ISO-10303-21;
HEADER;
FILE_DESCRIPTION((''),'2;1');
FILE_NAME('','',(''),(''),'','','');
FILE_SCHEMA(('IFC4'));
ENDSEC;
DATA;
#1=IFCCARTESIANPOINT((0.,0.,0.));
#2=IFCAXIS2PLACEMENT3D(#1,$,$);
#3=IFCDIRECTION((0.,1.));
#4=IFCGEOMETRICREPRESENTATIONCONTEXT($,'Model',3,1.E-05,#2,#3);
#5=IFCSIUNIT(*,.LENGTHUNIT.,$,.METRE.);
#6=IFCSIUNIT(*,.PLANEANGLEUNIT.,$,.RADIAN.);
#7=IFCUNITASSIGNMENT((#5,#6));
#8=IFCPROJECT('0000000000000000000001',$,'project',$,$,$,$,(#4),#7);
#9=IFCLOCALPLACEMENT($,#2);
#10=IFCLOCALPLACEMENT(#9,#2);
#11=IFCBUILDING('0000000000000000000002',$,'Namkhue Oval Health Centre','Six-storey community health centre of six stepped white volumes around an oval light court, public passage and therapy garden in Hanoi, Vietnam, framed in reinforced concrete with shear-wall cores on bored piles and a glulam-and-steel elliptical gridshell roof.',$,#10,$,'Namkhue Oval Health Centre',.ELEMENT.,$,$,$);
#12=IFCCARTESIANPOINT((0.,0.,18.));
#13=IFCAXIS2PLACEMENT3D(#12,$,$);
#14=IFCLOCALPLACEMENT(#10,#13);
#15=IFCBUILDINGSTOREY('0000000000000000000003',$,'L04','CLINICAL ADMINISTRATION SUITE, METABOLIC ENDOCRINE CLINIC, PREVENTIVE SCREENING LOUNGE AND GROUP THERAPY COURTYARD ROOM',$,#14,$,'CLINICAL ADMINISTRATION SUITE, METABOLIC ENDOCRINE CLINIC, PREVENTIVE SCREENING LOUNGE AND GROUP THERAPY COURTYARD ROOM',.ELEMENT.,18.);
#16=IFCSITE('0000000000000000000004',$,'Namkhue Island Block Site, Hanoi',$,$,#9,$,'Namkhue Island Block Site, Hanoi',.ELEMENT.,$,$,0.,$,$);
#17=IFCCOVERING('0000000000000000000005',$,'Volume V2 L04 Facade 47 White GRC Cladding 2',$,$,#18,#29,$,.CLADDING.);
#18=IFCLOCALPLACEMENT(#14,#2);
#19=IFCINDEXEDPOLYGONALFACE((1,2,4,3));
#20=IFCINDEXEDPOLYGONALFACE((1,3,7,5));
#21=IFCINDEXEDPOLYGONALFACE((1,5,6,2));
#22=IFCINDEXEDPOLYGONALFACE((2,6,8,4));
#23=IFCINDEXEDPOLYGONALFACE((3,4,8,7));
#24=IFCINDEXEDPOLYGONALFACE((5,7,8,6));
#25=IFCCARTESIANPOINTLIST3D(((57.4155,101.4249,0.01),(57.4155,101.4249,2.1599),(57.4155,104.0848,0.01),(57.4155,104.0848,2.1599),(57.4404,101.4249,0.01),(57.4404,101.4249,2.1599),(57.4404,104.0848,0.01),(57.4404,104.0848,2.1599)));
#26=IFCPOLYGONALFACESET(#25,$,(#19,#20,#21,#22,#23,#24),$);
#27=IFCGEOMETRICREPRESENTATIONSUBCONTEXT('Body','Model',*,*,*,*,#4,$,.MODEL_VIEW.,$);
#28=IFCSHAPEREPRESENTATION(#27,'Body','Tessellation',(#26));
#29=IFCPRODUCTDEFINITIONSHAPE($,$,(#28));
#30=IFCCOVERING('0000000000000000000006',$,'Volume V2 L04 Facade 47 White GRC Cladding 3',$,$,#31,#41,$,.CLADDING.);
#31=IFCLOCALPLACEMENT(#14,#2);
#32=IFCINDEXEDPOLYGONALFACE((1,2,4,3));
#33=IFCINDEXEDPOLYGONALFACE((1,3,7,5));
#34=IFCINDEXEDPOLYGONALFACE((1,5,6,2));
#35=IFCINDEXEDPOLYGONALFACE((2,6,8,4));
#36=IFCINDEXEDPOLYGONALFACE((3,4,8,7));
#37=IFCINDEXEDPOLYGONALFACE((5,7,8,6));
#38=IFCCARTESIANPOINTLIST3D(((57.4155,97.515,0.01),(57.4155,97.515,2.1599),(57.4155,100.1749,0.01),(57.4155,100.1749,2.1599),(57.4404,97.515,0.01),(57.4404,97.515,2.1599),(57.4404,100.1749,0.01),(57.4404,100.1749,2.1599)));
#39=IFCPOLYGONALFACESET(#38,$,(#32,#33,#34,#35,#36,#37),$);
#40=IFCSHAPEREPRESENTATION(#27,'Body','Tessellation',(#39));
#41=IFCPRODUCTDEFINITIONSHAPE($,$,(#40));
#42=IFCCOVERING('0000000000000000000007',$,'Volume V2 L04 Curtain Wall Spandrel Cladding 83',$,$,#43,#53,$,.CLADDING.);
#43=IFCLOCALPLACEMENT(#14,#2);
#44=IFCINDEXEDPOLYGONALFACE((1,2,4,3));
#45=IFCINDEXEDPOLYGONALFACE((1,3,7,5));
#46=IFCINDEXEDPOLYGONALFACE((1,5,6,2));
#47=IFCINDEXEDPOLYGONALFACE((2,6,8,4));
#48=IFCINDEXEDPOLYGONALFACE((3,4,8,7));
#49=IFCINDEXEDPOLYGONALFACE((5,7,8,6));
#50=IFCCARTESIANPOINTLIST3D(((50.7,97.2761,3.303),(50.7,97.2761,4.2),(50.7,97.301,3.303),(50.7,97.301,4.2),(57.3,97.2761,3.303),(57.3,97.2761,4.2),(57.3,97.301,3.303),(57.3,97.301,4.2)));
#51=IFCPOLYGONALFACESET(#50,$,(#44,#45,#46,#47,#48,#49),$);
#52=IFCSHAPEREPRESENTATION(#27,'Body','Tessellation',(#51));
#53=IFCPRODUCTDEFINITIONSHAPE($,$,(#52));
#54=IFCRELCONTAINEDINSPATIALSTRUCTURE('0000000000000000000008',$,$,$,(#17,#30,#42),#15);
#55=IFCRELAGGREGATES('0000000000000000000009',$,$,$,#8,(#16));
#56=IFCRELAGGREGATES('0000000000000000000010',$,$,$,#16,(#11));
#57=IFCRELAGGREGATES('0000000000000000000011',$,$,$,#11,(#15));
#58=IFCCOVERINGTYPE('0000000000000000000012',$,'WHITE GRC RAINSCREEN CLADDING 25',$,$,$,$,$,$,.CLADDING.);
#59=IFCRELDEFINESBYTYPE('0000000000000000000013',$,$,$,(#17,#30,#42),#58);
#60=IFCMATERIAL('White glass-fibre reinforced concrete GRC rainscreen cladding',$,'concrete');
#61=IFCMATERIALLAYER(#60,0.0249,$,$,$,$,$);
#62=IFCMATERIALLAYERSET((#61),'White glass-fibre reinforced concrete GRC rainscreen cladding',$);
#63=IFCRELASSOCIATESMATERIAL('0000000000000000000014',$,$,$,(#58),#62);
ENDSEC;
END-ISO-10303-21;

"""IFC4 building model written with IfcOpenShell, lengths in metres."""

from ifc_helpers import new_model, si_unit, direction, frame, origin, origin_2d, place, context, subcontext, project, spatial, rectangle, extrude, material, layer, layer_set, type_object, element, save


model = new_model("IFC4")

# Units and contexts
model_context = context("Model", 3, precision=1e-05, world=origin(), true_north=direction((0.0, 1.0)))
body_context = subcontext(model_context, "Body", "Model", "MODEL_VIEW")
ifc_project = project(units=[si_unit("LENGTHUNIT", "METRE"), si_unit("PLANEANGLEUNIT", "RADIAN")], contexts=[model_context])

# Site, building, storey
site_placement = place(None, origin())
site = spatial("IfcSite", under=ifc_project, at=site_placement, Name="Namkhue Island Block Site, Hanoi", LongName="Namkhue Island Block Site, Hanoi", CompositionType="ELEMENT", RefElevation=0.0)
building_placement = place(site_placement, origin())
building = spatial("IfcBuilding", under=site, at=building_placement, Name="Namkhue Oval Health Centre", Description="Six-storey community health centre of six stepped white volumes around an oval light court, public passage and therapy garden in Hanoi, Vietnam, framed in reinforced concrete with shear-wall cores on bored piles and a glulam-and-steel elliptical gridshell roof.", LongName="Namkhue Oval Health Centre", CompositionType="ELEMENT")
storey_placement = place(building_placement, frame((0.0, 0.0, 18.0)))
storey = spatial("IfcBuildingStorey", under=building, at=storey_placement, Name="L04", Description="CLINICAL ADMINISTRATION SUITE, METABOLIC ENDOCRINE CLINIC, PREVENTIVE SCREENING LOUNGE AND GROUP THERAPY COURTYARD ROOM", LongName="CLINICAL ADMINISTRATION SUITE, METABOLIC ENDOCRINE CLINIC, PREVENTIVE SCREENING LOUNGE AND GROUP THERAPY COURTYARD ROOM", CompositionType="ELEMENT", Elevation=18.0)

# Coverings
ifc_material_1 = material(Name="White glass-fibre reinforced concrete GRC rainscreen cladding", Category="concrete")
ifc_layer_1 = layer(ifc_material_1, 0.0249)
ifc_layer_set_1 = layer_set([ifc_layer_1], Name="White glass-fibre reinforced concrete GRC rainscreen cladding")
covering_type = type_object("IfcCoveringType", Name="WHITE GRC RAINSCREEN CLADDING 25", PredefinedType="CLADDING", material=ifc_layer_set_1)
for number, where, z_axis, x_axis, name in (
    (1, (57.428, 102.7549, 0.01), (0.0, 0.0, 1.0), (0.0, -1.0, 0.0), "Volume V2 L04 Facade 47 White GRC Cladding 2"),
    (2, (57.428, 98.845, 0.01), (0.0, 0.0, 1.0), (0.0, -1.0, 0.0), "Volume V2 L04 Facade 47 White GRC Cladding 3"),
):
    element("IfcCovering", number, at=place(storey_placement, frame(where, z_axis=z_axis, x_axis=x_axis)), inside=storey, type_object=covering_type, Name=name, PredefinedType="CLADDING", context=body_context, shape_type="SweptSolid", body=[
        extrude(rectangle(XDim=2.6599, YDim=0.0249, at=origin_2d()), origin(), (0.0, 0.0, 1.0), 2.1499),
    ])
covering_1_placement = place(storey_placement, frame((54.0, 97.2886, 3.303), z_axis=(0.0, 0.0, 1.0), x_axis=(-1.0, 0.0, 0.0)))
element("IfcCovering", 3, at=covering_1_placement, inside=storey, type_object=covering_type, Name="Volume V2 L04 Curtain Wall Spandrel Cladding 83", PredefinedType="CLADDING", context=body_context, shape_type="SweptSolid", body=[
    extrude(rectangle(XDim=6.6001, YDim=0.0249, at=origin_2d()), origin(), (0.0, 0.0, 1.0), 0.897),
])

save(model, "model.ifc")
